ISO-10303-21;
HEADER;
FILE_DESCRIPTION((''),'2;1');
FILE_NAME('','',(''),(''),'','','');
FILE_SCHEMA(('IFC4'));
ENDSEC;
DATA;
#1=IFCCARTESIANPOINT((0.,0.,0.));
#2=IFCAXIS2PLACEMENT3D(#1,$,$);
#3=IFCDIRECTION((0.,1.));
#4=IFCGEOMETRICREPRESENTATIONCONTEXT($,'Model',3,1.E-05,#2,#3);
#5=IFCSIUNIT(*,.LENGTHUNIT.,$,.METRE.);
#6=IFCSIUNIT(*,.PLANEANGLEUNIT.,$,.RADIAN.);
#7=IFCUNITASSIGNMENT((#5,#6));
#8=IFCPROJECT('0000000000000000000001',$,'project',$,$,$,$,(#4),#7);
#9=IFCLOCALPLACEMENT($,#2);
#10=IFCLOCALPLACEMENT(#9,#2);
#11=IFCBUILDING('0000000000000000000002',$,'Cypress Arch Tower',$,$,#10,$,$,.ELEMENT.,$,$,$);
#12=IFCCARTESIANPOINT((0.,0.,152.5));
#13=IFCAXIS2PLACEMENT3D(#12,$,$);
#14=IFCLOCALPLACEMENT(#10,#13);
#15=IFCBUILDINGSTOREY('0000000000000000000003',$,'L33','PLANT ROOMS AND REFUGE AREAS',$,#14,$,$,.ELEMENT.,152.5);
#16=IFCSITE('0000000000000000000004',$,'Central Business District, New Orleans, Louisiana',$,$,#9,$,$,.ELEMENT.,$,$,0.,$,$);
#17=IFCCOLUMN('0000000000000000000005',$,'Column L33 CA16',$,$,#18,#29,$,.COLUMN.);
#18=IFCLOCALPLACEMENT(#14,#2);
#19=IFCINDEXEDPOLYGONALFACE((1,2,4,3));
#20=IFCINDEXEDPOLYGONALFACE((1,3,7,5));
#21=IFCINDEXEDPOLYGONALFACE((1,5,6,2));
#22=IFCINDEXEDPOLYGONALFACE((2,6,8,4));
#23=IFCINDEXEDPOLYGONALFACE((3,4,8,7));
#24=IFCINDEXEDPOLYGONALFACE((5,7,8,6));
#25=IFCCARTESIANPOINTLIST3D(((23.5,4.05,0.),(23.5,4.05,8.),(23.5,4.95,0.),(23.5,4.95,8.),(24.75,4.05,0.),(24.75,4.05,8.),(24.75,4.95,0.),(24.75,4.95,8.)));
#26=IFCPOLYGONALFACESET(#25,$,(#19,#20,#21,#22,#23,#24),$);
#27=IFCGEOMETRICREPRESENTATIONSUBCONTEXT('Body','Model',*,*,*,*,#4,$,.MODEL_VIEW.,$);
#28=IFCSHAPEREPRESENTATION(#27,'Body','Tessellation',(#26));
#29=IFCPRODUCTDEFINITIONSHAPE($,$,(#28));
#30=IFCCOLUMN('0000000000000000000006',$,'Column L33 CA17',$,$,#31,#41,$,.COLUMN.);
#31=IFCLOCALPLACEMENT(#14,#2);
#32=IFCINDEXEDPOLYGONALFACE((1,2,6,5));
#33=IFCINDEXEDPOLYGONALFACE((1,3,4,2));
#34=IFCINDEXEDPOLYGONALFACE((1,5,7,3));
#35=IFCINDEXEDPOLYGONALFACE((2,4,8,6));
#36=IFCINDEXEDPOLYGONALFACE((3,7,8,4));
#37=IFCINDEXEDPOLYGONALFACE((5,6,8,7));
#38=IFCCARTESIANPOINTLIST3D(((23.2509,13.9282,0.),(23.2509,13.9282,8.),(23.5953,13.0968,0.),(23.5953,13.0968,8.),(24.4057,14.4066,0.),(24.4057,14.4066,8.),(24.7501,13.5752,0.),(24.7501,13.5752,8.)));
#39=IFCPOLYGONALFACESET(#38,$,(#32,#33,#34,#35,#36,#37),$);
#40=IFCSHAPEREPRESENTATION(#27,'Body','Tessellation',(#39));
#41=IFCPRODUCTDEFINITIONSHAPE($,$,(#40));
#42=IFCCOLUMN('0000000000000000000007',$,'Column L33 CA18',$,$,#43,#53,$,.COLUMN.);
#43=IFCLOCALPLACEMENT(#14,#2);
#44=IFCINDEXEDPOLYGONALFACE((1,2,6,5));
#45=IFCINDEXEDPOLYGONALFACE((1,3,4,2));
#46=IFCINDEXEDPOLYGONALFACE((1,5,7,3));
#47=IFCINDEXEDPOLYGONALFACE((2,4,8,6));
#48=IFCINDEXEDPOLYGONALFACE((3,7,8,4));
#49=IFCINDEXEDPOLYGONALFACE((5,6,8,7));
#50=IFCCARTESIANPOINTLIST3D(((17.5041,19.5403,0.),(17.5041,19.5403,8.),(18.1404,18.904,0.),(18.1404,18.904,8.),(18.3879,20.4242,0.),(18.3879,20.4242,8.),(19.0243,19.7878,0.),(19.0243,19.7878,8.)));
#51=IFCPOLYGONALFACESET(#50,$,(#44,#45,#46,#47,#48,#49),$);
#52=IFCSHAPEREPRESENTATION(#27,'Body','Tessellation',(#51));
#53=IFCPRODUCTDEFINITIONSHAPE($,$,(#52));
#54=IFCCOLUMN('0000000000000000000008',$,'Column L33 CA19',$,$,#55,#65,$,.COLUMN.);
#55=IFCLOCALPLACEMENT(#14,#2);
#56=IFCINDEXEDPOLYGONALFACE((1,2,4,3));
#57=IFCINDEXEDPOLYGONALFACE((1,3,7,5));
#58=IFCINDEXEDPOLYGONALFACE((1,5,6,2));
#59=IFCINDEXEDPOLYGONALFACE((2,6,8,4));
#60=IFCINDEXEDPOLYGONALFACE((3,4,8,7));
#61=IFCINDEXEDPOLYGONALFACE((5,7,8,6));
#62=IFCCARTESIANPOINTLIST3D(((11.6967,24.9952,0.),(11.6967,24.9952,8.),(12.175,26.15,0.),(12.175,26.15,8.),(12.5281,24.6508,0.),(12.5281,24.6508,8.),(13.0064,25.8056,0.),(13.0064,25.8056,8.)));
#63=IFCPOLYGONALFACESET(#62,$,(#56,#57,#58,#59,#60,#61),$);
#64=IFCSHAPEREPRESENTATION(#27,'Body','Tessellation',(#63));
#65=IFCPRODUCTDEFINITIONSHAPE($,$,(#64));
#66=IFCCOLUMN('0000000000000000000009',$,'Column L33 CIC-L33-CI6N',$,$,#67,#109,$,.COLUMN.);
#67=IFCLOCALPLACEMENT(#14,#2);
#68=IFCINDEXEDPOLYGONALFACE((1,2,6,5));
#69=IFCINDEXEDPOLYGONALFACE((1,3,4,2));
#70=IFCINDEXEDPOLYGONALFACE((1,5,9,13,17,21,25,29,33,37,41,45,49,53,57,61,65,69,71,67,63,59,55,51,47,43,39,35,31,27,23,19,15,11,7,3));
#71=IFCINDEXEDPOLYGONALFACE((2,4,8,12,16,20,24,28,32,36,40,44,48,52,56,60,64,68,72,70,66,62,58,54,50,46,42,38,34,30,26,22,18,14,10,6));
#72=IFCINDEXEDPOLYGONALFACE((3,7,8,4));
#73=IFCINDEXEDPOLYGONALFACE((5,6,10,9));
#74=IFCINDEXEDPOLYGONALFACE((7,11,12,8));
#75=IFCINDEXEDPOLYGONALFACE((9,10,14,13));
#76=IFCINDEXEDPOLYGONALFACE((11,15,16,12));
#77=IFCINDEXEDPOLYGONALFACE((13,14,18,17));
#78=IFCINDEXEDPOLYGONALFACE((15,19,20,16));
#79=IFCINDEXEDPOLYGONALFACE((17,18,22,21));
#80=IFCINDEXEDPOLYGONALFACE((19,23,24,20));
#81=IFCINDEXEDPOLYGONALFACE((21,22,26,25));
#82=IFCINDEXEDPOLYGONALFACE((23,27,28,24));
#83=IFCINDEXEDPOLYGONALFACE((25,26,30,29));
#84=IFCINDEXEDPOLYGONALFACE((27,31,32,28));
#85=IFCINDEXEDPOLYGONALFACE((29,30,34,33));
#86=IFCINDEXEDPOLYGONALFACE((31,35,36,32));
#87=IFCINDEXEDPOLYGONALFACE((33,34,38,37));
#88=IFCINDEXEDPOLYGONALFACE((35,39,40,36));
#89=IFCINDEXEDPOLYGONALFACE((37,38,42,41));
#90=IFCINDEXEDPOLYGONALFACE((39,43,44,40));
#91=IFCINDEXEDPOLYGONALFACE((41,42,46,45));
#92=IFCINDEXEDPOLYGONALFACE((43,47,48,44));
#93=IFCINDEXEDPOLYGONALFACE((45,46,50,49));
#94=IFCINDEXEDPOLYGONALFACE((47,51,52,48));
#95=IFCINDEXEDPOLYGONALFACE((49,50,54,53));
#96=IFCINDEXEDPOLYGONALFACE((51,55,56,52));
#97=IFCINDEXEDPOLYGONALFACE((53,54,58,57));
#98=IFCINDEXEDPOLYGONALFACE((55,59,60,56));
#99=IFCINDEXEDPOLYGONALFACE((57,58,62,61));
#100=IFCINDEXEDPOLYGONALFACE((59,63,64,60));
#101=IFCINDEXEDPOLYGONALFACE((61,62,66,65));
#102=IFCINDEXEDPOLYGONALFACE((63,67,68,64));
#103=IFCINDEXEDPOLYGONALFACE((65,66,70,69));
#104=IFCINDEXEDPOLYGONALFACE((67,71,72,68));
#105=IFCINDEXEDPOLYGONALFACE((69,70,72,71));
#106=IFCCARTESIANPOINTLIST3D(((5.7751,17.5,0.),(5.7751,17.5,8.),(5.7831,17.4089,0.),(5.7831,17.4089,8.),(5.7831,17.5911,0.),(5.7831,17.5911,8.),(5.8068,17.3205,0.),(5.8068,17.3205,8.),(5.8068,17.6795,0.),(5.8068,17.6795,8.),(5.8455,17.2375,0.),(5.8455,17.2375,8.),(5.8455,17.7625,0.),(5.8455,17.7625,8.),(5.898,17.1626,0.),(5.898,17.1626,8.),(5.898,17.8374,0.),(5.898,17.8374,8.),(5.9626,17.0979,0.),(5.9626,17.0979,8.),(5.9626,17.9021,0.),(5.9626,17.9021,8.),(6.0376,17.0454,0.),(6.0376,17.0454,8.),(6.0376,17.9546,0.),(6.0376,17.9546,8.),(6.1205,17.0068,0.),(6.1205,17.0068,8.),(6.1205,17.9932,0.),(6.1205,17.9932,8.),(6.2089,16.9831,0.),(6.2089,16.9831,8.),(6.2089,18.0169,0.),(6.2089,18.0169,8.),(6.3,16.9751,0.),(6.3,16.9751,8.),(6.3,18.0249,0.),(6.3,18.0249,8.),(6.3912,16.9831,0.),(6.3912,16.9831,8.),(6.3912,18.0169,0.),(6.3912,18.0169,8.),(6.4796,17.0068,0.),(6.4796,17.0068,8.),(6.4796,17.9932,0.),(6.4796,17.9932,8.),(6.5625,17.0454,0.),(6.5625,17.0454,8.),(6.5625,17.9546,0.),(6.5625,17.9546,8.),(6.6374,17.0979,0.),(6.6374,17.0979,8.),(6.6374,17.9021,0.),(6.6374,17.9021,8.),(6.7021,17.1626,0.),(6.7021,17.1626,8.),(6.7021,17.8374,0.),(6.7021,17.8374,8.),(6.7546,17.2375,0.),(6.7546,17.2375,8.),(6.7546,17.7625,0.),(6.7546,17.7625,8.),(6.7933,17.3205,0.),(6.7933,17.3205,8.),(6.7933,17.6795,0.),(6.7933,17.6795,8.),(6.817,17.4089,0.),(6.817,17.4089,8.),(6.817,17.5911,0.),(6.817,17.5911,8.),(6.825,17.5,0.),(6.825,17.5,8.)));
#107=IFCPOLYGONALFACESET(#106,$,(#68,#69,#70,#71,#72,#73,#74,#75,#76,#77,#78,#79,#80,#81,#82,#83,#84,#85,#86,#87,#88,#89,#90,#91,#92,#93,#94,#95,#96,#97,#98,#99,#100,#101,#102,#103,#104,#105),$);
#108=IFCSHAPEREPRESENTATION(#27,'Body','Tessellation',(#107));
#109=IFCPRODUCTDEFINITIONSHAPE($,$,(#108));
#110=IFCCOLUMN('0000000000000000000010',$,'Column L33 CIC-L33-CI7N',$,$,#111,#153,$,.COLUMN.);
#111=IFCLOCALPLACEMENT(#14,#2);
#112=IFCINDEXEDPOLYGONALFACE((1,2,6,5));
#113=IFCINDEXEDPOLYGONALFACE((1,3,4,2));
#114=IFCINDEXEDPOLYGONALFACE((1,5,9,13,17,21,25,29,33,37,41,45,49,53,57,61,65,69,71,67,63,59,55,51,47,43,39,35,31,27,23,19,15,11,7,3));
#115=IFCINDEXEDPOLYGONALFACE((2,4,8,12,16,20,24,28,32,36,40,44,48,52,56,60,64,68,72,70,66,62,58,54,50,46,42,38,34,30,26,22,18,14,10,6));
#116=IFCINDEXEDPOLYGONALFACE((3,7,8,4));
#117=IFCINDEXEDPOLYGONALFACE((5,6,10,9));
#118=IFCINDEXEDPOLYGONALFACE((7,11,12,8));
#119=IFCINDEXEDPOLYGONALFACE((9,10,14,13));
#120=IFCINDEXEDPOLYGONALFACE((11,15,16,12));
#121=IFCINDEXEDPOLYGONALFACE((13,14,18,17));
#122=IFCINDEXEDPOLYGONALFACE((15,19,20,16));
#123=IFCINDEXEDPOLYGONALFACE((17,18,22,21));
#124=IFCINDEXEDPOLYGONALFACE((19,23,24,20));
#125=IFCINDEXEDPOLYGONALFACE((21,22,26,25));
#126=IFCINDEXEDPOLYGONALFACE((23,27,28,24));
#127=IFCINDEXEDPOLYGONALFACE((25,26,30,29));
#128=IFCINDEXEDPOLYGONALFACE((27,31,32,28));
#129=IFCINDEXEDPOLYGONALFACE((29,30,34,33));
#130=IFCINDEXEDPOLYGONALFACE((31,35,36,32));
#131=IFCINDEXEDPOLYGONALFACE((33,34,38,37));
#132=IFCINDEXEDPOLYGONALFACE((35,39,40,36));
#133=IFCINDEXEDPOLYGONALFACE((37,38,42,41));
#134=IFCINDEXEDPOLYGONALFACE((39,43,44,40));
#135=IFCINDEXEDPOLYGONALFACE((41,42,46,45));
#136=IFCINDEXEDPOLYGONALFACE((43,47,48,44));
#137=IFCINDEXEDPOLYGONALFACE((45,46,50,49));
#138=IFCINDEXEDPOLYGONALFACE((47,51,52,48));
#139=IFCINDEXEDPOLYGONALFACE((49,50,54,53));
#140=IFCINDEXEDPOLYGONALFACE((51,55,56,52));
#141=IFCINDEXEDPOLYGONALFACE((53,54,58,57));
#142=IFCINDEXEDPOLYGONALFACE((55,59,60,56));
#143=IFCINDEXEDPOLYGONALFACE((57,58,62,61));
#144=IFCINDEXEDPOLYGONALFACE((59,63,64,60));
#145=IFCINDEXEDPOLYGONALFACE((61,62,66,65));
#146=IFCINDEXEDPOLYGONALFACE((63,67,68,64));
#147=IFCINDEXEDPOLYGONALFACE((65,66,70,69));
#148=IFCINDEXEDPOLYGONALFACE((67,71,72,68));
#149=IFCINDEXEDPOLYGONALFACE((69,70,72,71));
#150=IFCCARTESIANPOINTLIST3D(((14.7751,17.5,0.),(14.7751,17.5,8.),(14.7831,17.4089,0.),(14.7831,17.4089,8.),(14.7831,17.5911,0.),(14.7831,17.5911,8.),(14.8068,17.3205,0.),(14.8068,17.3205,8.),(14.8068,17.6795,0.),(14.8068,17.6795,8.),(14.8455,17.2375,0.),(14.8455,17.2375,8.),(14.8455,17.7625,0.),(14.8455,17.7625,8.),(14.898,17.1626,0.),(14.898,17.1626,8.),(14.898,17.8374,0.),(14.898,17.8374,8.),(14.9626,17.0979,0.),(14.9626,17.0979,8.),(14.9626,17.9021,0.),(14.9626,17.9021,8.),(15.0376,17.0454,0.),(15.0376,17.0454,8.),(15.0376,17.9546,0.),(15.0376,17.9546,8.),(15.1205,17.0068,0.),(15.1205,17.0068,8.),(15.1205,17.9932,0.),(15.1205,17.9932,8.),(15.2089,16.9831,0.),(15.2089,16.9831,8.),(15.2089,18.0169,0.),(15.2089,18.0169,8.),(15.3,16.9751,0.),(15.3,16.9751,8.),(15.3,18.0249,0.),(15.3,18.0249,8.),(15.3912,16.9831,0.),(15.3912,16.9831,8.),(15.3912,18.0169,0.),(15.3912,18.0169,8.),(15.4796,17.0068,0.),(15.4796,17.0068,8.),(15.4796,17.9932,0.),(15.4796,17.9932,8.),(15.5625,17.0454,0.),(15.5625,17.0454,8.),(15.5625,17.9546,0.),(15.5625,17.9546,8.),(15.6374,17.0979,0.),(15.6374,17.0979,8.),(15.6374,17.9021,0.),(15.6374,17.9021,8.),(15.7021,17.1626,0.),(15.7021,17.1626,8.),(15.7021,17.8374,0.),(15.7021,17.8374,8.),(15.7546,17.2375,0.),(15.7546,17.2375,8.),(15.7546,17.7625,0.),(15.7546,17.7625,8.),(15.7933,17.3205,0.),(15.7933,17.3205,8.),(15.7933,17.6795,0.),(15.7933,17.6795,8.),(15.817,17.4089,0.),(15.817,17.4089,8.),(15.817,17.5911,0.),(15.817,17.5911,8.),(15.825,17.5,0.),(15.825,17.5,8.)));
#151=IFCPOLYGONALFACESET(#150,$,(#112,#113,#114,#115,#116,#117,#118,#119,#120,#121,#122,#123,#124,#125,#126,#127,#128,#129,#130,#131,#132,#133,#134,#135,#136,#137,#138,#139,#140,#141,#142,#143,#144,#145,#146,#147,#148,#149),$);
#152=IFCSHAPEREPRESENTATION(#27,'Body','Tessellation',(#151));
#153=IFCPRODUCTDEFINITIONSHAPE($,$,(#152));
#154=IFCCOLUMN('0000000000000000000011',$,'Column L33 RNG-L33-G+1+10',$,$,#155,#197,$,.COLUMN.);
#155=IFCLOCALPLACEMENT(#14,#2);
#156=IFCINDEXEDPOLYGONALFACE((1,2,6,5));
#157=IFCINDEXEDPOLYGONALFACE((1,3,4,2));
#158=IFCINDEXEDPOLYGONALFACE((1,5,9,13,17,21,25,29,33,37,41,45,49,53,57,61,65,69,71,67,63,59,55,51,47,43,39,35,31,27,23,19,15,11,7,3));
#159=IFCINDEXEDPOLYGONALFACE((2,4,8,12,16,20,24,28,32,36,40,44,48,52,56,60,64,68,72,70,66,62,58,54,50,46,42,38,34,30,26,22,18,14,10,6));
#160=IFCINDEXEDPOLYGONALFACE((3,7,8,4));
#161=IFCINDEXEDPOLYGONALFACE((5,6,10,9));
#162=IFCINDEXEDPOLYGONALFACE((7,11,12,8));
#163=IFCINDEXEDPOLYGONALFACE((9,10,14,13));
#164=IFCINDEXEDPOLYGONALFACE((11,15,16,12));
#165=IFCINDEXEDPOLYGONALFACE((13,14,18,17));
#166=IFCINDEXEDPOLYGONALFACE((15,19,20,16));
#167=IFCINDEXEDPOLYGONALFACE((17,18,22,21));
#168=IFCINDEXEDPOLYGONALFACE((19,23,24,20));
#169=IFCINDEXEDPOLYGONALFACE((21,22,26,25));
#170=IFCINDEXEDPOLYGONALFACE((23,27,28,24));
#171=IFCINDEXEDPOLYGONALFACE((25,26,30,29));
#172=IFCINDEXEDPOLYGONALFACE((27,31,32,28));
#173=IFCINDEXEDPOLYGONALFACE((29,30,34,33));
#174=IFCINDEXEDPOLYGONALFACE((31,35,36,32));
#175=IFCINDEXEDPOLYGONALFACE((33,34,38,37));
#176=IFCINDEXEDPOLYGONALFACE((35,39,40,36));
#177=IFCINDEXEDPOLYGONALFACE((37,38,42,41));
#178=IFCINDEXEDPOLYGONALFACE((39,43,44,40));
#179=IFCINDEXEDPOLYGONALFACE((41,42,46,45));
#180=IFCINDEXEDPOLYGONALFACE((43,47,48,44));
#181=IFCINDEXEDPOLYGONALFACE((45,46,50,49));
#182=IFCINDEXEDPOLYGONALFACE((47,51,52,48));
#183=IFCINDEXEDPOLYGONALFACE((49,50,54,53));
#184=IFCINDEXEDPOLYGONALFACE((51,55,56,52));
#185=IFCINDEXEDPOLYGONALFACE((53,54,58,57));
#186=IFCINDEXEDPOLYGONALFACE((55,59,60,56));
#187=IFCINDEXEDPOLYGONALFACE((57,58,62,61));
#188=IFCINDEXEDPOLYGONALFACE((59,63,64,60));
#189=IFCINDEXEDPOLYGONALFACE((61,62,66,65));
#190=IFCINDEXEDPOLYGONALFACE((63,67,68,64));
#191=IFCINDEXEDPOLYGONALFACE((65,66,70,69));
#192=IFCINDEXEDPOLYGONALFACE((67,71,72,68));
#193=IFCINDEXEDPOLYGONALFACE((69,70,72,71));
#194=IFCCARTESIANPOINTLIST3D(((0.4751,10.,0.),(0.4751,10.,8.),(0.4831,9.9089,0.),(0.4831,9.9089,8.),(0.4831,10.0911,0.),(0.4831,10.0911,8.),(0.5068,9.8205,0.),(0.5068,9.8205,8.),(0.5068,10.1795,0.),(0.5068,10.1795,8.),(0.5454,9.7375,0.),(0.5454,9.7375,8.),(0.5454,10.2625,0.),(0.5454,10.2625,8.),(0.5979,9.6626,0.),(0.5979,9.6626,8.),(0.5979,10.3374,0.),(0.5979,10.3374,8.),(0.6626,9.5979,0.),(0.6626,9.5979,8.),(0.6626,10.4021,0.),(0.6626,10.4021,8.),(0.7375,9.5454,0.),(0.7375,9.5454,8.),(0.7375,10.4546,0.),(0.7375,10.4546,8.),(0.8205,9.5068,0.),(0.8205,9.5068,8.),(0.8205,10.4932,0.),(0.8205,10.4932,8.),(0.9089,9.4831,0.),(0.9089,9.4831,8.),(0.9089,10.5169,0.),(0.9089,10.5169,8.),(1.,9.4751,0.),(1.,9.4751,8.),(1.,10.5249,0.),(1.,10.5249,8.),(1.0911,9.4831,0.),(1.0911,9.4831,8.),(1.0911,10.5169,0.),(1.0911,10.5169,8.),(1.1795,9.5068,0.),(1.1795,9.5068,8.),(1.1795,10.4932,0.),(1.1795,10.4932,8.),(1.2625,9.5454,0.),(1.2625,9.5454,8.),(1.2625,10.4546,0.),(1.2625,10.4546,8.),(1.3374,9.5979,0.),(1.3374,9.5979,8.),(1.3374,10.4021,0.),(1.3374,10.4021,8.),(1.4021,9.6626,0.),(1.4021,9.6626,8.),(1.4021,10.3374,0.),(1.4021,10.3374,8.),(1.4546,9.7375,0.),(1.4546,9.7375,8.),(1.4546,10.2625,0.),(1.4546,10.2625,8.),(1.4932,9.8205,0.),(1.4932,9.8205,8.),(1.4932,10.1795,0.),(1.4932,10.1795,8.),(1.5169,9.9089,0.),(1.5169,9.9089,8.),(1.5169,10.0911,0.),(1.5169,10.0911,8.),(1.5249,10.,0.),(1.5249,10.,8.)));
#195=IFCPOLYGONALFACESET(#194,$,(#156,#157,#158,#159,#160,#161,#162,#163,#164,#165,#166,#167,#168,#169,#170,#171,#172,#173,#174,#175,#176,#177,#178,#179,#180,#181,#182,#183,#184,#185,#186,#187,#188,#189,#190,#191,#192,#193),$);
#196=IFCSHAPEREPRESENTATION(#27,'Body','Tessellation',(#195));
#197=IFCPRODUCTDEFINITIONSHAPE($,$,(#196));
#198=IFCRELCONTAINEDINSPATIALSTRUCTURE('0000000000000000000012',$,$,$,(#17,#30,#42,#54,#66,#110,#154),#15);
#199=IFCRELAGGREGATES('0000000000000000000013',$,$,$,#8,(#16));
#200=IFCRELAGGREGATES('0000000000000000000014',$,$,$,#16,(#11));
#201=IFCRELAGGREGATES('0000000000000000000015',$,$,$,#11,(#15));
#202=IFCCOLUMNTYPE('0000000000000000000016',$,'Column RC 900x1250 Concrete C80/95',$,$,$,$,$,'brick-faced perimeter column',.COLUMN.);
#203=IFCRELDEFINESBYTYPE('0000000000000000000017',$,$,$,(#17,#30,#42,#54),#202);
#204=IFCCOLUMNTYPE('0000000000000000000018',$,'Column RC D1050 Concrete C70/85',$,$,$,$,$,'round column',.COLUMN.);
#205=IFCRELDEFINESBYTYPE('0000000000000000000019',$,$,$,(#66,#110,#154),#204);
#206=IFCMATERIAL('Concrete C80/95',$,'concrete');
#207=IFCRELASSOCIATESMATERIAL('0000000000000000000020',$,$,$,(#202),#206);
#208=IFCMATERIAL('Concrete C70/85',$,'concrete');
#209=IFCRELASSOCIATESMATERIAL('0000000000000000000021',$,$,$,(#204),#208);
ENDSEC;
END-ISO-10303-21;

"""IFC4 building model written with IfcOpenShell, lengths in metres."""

from ifc_helpers import new_model, si_unit, direction, frame, origin, origin_2d, place, context, subcontext, project, spatial, rectangle, circle, extrude, material, material_profile, profile_set, type_object, element, save


model = new_model("IFC4")

# Units and contexts
model_context = context("Model", 3, precision=1e-05, world=origin(), true_north=direction((0.0, 1.0)))
body_context = subcontext(model_context, "Body", "Model", "MODEL_VIEW")
ifc_project = project(units=[si_unit("LENGTHUNIT", "METRE"), si_unit("PLANEANGLEUNIT", "RADIAN")], contexts=[model_context])

# Site, building, storey
site_placement = place(None, origin())
site = spatial("IfcSite", under=ifc_project, at=site_placement, Name="Central Business District, New Orleans, Louisiana", CompositionType="ELEMENT", RefElevation=0.0)
building_placement = place(site_placement, origin())
building = spatial("IfcBuilding", under=site, at=building_placement, Name="Cypress Arch Tower", CompositionType="ELEMENT")
storey_placement = place(building_placement, frame((0.0, 0.0, 152.5)))
storey = spatial("IfcBuildingStorey", under=building, at=storey_placement, Name="L33", Description="PLANT ROOMS AND REFUGE AREAS", CompositionType="ELEMENT", Elevation=152.5)

# Columns
ifc_material_1 = material(Name="Concrete C80/95", Category="concrete")
ifc_material_profile_1 = material_profile(ifc_material_1, rectangle(XDim=0.8999, YDim=1.25, at=origin_2d()), Name="RC 900x1250")
ifc_profile_set_1 = profile_set([ifc_material_profile_1], Name="Concrete C80/95")
column_type_1 = type_object("IfcColumnType", Name="Column RC 900x1250 Concrete C80/95", ElementType="brick-faced perimeter column", PredefinedType="COLUMN", material=ifc_profile_set_1)
for number, where, z_axis, x_axis, name in (
    (1, (24.125, 4.5, 0.0), (0.0, 0.0, 1.0), (0.0, 1.0, 0.0), "Column L33 CA16"),
    (2, (24.0005, 13.7517, 0.0), (0.0, 0.0, 1.0), (-0.382683, 0.92388, 0.0), "Column L33 CA17"),
    (3, (18.2642, 19.6641, 0.0), (0.0, 0.0, 1.0), (-0.707107, 0.707107, 0.0), "Column L33 CA18"),
    (4, (12.3516, 25.4004, 0.0), (0.0, 0.0, 1.0), (-0.92388, 0.382683, 0.0), "Column L33 CA19"),
):
    element("IfcColumn", number, at=place(storey_placement, frame(where, z_axis=z_axis, x_axis=x_axis)), inside=storey, type_object=column_type_1, Name=name, PredefinedType="COLUMN", context=body_context, shape_type="SweptSolid", body=[
        extrude(rectangle(XDim=0.8999, YDim=1.25, at=origin_2d()), origin(), (0.0, 0.0, 1.0), 8.0),
    ])
ifc_material_2 = material(Name="Concrete C70/85", Category="concrete")
ifc_material_profile_2 = material_profile(ifc_material_2, circle(Radius=0.5249, at=origin_2d()), Name="RC D1050")
ifc_profile_set_2 = profile_set([ifc_material_profile_2], Name="Concrete C70/85")
column_type_2 = type_object("IfcColumnType", Name="Column RC D1050 Concrete C70/85", ElementType="round column", PredefinedType="COLUMN", material=ifc_profile_set_2)
for number, where, z_axis, x_axis, name in (
    (5, (6.3, 17.5, 0.0), (0.0, 0.0, 1.0), (1.0, 0.0, 0.0), "Column L33 CIC-L33-CI6N"),
    (6, (15.3, 17.5, 0.0), (0.0, 0.0, 1.0), (1.0, 0.0, 0.0), "Column L33 CIC-L33-CI7N"),
    (7, (1.0, 10.0, 0.0), (0.0, 0.0, 1.0), (1.0, 0.0, 0.0), "Column L33 RNG-L33-G+1+10"),
):
    element("IfcColumn", number, at=place(storey_placement, frame(where, z_axis=z_axis, x_axis=x_axis)), inside=storey, type_object=column_type_2, Name=name, PredefinedType="COLUMN", context=body_context, shape_type="SweptSolid", body=[
        extrude(circle(Radius=0.5249, at=origin_2d()), origin(), (0.0, 0.0, 1.0), 8.0),
    ])

save(model, "model.ifc")
